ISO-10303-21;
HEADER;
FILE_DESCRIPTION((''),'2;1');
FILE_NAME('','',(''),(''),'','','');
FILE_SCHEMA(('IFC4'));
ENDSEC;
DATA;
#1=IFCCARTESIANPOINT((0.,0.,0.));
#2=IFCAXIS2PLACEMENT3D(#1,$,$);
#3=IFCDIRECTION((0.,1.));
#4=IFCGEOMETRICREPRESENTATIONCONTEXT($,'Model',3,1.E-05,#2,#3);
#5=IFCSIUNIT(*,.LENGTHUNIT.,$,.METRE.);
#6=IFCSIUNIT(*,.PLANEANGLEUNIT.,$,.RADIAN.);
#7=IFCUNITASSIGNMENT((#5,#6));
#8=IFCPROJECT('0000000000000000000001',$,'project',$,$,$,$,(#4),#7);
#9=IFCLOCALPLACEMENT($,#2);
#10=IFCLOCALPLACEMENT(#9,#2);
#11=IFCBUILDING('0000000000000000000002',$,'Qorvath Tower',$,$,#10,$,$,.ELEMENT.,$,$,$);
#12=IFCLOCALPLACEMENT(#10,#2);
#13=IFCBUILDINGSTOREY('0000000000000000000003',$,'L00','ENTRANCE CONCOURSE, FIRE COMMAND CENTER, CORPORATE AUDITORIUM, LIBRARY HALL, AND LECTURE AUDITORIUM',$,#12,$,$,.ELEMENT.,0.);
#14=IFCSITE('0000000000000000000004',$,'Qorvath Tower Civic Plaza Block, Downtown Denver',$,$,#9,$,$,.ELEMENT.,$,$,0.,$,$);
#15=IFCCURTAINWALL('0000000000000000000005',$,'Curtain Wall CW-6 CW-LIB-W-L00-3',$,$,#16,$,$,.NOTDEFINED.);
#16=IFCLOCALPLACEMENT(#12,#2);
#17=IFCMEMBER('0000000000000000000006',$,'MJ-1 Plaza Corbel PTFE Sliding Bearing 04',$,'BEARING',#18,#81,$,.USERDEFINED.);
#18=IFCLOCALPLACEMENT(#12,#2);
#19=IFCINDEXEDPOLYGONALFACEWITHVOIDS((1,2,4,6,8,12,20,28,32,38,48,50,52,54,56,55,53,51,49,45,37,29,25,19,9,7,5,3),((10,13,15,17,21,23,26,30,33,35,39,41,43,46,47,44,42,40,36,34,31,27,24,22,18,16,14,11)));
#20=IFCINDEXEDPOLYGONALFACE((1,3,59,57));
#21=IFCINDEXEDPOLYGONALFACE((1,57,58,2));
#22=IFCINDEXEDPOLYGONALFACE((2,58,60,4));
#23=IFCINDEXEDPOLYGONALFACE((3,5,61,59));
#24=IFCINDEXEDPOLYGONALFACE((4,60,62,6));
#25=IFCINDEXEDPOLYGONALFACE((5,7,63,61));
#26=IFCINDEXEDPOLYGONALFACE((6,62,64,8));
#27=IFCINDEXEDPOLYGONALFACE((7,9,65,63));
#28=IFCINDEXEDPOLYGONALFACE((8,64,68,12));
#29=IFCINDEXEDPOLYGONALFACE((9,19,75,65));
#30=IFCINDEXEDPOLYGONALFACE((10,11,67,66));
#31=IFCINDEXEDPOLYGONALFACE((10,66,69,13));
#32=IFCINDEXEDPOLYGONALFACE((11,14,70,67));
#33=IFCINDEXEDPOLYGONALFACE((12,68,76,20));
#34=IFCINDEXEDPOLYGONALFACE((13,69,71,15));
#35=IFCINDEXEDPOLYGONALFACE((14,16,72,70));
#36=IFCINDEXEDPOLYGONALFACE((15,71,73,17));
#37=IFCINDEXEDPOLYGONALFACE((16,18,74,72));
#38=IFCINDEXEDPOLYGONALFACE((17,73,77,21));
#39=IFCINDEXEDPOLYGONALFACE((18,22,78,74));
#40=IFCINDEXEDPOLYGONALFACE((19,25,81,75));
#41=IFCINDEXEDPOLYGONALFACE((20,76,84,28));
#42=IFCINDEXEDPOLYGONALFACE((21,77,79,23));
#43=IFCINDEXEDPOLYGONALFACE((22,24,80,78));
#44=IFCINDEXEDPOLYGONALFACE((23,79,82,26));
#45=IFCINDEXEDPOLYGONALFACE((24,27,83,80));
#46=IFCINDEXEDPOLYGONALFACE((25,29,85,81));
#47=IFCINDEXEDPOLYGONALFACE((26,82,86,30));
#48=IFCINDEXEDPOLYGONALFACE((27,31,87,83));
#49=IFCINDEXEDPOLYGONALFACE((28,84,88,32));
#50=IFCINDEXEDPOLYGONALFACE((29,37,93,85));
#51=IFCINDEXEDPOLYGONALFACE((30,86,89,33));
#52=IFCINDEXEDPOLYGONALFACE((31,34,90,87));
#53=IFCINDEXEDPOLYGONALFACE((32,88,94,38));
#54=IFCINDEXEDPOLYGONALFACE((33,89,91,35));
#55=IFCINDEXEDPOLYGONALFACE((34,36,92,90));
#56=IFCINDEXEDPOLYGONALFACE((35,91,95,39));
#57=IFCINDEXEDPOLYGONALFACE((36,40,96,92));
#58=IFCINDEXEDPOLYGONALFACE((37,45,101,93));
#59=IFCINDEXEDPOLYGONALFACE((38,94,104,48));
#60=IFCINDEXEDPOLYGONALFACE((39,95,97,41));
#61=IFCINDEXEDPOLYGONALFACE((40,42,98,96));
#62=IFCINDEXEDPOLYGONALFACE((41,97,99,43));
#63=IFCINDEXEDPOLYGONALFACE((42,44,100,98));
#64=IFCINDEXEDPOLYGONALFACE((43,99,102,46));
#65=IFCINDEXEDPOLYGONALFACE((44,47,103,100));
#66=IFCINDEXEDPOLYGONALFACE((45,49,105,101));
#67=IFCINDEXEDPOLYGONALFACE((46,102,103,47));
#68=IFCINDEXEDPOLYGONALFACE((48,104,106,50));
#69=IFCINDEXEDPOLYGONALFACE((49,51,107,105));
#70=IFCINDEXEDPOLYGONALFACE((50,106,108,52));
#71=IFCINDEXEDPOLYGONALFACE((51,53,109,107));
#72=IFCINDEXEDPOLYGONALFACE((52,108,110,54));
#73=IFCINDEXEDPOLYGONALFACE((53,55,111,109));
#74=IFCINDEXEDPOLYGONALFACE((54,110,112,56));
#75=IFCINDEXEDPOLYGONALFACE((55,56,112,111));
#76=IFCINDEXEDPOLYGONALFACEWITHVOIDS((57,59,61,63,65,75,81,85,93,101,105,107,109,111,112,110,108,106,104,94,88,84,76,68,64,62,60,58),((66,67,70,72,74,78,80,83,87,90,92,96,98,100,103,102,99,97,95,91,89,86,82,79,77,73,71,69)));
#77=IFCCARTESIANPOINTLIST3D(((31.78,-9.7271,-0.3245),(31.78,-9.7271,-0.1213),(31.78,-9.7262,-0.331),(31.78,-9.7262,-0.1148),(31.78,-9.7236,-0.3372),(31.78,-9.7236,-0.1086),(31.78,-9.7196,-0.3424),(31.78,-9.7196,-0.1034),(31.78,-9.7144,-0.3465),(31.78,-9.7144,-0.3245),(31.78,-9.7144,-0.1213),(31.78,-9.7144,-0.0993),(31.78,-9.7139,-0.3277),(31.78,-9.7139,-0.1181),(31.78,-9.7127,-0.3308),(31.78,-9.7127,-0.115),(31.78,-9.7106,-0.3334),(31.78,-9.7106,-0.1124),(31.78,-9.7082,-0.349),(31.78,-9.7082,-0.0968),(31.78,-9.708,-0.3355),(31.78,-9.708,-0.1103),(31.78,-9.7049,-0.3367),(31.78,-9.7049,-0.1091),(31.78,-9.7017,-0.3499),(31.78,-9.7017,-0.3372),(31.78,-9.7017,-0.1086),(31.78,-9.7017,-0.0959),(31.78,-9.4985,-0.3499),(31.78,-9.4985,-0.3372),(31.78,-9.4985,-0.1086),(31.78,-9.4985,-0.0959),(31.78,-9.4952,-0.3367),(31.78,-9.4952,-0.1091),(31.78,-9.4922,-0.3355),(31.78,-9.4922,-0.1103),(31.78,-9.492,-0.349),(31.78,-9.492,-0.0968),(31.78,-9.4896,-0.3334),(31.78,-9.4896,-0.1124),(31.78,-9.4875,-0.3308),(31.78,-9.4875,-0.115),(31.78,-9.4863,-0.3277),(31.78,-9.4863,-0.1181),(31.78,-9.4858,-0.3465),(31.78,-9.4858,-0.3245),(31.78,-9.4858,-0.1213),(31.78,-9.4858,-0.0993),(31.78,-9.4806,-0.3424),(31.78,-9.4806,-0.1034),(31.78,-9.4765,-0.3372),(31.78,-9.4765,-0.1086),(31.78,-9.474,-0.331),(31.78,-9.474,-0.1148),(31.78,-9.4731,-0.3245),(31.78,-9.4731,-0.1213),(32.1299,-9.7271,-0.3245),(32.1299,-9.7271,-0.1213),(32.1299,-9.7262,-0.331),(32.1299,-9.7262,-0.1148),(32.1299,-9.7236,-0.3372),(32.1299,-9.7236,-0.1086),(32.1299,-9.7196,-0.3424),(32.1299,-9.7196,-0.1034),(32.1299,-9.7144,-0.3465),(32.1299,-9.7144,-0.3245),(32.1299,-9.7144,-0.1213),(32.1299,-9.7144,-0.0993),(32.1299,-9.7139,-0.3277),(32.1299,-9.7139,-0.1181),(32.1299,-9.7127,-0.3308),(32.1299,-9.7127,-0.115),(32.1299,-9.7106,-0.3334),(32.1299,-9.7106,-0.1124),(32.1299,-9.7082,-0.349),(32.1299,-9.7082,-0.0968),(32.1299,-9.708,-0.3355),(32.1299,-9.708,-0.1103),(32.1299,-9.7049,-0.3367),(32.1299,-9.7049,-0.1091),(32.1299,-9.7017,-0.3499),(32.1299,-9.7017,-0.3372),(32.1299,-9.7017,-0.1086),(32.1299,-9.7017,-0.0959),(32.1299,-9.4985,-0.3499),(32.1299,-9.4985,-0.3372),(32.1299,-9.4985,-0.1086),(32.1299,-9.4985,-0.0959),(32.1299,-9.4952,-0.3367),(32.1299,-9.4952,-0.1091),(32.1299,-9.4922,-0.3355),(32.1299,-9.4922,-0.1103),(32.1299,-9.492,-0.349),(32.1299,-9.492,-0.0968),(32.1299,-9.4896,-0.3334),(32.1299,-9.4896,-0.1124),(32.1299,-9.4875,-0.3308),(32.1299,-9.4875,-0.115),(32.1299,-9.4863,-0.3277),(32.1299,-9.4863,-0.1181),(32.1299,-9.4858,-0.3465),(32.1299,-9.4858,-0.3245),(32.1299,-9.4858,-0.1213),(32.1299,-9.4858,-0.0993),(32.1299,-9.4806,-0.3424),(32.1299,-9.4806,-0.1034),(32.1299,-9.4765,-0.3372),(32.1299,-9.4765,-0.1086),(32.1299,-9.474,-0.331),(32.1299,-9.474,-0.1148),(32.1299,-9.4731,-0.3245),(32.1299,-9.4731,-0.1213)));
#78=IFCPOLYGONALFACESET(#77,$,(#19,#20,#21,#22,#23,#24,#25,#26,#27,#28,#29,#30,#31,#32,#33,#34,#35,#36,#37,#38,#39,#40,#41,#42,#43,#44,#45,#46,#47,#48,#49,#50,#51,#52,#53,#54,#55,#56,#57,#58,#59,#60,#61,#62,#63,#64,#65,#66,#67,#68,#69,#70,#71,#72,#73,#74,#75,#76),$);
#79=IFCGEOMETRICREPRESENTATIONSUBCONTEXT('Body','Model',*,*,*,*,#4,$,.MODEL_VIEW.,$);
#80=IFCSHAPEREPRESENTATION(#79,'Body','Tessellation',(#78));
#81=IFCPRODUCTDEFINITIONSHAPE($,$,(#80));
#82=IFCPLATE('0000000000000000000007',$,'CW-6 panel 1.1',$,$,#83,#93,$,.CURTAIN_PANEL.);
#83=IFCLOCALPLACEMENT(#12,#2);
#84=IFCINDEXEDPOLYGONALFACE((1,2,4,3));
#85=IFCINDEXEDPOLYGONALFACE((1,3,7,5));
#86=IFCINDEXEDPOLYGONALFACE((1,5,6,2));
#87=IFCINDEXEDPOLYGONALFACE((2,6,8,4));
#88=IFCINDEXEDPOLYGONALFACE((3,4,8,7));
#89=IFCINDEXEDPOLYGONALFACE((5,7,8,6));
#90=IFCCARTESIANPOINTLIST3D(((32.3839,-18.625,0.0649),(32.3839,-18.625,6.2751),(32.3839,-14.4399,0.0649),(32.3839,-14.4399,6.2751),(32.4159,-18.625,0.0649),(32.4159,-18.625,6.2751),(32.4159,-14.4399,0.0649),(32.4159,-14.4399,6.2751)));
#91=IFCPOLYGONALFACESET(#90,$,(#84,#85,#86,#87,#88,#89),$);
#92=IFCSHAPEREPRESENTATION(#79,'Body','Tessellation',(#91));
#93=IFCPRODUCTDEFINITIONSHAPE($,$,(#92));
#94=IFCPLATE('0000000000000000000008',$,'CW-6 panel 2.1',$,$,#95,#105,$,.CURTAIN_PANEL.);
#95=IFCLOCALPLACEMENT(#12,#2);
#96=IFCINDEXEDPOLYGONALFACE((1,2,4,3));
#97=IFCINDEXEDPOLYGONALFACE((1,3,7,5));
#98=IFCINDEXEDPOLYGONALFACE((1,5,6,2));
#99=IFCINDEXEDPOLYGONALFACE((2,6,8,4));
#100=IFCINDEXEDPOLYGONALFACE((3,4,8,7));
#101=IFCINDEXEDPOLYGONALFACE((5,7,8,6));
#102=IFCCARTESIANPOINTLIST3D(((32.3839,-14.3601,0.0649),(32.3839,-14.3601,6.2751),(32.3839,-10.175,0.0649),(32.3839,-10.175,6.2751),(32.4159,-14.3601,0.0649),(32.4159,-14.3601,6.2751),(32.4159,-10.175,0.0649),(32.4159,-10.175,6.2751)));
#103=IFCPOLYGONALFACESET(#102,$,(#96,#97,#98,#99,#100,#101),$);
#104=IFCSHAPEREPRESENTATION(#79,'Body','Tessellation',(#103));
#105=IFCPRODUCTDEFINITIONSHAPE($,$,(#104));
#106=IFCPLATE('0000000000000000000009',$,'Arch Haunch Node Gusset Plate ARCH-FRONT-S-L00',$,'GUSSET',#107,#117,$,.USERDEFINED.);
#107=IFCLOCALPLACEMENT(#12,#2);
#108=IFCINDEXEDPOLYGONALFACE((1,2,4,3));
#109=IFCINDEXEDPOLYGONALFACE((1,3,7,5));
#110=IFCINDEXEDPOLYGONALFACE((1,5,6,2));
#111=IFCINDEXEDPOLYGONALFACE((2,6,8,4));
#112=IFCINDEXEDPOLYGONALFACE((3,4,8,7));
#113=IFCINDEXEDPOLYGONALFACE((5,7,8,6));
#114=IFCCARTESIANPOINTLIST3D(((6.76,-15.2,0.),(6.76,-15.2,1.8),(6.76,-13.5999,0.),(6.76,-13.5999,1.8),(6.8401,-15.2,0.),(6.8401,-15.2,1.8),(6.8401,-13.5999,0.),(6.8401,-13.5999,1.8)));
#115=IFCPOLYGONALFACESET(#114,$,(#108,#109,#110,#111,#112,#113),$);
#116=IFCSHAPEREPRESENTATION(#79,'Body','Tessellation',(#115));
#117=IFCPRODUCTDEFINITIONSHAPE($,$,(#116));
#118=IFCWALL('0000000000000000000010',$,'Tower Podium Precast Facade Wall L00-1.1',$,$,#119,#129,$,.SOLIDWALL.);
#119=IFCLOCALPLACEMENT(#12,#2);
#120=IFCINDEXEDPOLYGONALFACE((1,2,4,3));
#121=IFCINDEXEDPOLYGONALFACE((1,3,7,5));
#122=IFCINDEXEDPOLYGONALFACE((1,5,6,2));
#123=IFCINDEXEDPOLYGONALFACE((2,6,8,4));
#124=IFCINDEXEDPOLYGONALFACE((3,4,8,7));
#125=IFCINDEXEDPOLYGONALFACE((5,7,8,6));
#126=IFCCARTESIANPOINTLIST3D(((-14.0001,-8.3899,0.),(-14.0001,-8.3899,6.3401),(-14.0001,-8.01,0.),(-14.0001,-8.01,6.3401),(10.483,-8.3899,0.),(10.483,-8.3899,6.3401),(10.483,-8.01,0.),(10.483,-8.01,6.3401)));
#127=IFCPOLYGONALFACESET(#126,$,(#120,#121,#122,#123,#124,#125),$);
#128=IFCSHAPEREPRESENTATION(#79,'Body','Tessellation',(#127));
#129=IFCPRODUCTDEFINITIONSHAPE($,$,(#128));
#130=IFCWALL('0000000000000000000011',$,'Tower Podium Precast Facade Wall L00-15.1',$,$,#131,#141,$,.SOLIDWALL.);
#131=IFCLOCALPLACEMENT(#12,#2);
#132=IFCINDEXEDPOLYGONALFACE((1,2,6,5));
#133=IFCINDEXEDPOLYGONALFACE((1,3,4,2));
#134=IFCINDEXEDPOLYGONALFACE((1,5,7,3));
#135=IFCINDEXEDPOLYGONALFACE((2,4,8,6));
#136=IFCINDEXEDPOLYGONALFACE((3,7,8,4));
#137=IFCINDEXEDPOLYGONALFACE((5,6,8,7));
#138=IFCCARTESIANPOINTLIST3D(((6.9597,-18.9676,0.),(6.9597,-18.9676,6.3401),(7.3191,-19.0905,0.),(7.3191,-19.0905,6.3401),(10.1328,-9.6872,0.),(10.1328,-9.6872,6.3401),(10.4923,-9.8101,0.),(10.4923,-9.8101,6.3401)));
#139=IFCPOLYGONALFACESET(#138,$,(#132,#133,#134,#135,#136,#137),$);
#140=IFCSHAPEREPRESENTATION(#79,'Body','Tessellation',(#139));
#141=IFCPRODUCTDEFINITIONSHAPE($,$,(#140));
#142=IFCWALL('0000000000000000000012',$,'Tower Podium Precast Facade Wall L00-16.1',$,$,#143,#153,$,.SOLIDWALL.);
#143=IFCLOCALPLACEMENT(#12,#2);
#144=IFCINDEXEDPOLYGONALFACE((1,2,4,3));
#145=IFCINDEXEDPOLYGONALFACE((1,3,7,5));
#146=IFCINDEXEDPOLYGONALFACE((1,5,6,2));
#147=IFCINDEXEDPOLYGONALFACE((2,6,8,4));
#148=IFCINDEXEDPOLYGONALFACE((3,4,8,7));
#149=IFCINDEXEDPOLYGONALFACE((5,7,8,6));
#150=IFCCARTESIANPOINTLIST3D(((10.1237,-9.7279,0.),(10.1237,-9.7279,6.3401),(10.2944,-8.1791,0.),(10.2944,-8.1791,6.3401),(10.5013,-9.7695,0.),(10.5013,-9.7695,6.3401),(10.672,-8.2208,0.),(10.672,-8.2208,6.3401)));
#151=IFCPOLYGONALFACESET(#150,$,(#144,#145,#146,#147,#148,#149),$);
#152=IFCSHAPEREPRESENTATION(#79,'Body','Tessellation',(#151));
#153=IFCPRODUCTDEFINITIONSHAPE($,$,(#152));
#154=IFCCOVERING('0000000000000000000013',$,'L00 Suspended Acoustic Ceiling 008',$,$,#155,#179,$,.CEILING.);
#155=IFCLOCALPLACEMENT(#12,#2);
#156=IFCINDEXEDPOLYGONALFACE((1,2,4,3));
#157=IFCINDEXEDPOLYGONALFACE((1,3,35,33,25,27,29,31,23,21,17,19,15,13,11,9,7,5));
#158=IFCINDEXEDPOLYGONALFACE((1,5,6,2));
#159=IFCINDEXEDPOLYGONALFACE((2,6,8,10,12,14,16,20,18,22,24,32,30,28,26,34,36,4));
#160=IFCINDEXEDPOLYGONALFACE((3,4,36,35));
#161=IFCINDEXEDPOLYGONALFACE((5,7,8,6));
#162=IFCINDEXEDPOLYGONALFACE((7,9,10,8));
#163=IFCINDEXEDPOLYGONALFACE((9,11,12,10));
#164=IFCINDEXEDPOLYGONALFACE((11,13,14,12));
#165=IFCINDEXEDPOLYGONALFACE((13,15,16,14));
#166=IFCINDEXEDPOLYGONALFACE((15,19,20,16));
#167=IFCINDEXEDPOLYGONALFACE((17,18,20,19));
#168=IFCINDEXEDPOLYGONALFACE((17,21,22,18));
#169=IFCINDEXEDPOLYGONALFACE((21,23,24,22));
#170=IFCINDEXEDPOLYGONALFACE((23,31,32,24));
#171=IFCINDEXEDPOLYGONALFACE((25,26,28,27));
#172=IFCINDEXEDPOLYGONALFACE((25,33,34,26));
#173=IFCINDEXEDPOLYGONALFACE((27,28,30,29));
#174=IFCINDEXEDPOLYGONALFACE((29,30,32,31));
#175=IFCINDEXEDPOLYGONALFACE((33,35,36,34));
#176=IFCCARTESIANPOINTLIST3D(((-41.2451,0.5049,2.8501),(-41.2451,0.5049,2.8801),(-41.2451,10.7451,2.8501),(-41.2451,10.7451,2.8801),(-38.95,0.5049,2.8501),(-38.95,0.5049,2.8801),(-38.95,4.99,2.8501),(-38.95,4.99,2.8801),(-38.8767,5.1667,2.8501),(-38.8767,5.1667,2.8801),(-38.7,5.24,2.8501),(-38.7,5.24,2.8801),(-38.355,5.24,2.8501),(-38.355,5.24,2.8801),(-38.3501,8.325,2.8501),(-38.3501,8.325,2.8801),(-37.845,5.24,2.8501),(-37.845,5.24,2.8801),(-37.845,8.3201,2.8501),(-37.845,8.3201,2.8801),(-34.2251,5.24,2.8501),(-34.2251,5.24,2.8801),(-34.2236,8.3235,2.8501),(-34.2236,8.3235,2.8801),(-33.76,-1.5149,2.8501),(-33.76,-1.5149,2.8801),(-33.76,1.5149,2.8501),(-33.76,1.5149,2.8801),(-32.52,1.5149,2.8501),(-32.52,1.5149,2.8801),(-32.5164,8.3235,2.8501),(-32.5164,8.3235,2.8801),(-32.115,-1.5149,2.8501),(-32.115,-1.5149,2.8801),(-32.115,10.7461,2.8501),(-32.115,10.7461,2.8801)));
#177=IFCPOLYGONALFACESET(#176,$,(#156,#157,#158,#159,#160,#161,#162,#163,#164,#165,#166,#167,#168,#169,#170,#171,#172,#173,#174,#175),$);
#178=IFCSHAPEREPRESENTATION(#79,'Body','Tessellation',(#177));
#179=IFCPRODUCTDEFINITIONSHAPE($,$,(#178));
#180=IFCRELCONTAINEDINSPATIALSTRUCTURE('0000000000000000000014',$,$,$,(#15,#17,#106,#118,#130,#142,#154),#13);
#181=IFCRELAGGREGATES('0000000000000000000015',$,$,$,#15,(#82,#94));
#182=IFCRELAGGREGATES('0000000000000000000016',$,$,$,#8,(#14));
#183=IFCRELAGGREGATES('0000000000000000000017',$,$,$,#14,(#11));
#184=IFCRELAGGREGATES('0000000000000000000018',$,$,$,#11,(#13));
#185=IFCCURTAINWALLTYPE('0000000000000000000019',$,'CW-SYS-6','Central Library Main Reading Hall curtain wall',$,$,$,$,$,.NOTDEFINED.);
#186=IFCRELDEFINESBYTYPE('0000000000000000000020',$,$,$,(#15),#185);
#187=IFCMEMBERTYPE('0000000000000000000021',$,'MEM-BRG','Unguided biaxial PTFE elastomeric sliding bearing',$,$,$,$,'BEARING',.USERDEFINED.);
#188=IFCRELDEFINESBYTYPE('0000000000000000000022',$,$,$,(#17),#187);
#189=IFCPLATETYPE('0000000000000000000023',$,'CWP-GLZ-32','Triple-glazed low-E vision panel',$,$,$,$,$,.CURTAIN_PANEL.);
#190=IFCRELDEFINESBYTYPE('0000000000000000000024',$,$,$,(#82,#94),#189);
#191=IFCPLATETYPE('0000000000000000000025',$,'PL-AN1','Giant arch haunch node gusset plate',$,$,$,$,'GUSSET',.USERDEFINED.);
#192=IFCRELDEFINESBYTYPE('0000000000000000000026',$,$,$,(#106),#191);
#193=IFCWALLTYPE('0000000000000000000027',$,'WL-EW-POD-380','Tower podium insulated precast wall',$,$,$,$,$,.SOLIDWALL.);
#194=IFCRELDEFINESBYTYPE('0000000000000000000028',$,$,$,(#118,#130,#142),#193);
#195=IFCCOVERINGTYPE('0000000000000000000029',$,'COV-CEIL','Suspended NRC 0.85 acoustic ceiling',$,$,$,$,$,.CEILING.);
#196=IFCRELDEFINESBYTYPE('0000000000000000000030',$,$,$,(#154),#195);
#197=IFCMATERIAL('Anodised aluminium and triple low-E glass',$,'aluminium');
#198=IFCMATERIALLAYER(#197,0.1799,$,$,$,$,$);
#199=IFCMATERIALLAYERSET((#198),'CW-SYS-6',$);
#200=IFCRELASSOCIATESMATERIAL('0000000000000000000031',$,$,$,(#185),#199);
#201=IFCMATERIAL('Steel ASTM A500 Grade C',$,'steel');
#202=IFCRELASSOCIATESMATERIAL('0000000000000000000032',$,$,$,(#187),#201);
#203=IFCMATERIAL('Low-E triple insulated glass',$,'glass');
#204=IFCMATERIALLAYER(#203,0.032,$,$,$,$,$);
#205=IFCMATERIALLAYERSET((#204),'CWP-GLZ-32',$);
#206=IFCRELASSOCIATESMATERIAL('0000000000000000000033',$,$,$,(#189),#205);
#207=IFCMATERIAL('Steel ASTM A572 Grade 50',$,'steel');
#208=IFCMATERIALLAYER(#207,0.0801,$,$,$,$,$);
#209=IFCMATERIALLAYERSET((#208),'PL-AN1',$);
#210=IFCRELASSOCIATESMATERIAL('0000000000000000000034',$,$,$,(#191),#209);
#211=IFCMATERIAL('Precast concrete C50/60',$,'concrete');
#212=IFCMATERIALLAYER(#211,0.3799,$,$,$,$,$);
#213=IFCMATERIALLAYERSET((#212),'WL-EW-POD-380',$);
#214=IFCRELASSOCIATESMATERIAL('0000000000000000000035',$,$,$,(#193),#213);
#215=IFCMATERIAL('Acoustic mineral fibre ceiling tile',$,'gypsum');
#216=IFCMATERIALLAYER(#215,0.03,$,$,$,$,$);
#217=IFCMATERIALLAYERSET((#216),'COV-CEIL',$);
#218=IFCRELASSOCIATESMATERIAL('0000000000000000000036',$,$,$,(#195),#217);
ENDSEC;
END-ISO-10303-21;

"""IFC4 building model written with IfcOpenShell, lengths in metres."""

from ifc_helpers import new_model, si_unit, direction, frame, frame_2d, origin, origin_2d, place, context, subcontext, project, spatial, polyline, rectangle, hollow_rectangle, outline, extrude, material, layer, layer_set, material_profile, profile_set, type_object, element, aggregate, save


model = new_model("IFC4")

# Units and contexts
model_context = context("Model", 3, precision=1e-05, world=origin(), true_north=direction((0.0, 1.0)))
body_context = subcontext(model_context, "Body", "Model", "MODEL_VIEW")
ifc_project = project(units=[si_unit("LENGTHUNIT", "METRE"), si_unit("PLANEANGLEUNIT", "RADIAN")], contexts=[model_context])

# Site, building, storey
site_placement = place(None, origin())
site = spatial("IfcSite", under=ifc_project, at=site_placement, Name="Qorvath Tower Civic Plaza Block, Downtown Denver", CompositionType="ELEMENT", RefElevation=0.0)
building_placement = place(site_placement, origin())
building = spatial("IfcBuilding", under=site, at=building_placement, Name="Qorvath Tower", CompositionType="ELEMENT")
storey_placement = place(building_placement, origin())
storey = spatial("IfcBuildingStorey", under=building, at=storey_placement, Name="L00", Description="ENTRANCE CONCOURSE, FIRE COMMAND CENTER, CORPORATE AUDITORIUM, LIBRARY HALL, AND LECTURE AUDITORIUM", CompositionType="ELEMENT", Elevation=0.0)

# Curtain wall
ifc_material_1 = material(Name="Anodised aluminium and triple low-E glass", Category="aluminium")
ifc_layer_1 = layer(ifc_material_1, 0.1799)
ifc_layer_set_1 = layer_set([ifc_layer_1], Name="CW-SYS-6")
curtain_wall_type = type_object("IfcCurtainWallType", Name="CW-SYS-6", Description="Central Library Main Reading Hall curtain wall", PredefinedType="NOTDEFINED", material=ifc_layer_set_1)
curtain_wall_placement = place(storey_placement, origin())
curtain_wall = element("IfcCurtainWall", 1, at=curtain_wall_placement, inside=storey, type_object=curtain_wall_type, Name="Curtain Wall CW-6 CW-LIB-W-L00-3", PredefinedType="NOTDEFINED")

# Member
ifc_material_2 = material(Name="Steel ASTM A500 Grade C", Category="steel")
ifc_material_profile_1 = material_profile(ifc_material_2, hollow_rectangle(XDim=0.2539, YDim=0.2539, WallThickness=0.0127, InnerFilletRadius=0.0127, OuterFilletRadius=0.0254, at=origin_2d()), Name="HSS 254x254x12.7")
ifc_profile_set_1 = profile_set([ifc_material_profile_1], Name="Steel ASTM A500 Grade C")
member_type_1 = type_object("IfcMemberType", Name="MEM-BRG", Description="Unguided biaxial PTFE elastomeric sliding bearing", ElementType="BEARING", PredefinedType="USERDEFINED", material=ifc_profile_set_1)
member_1_placement = place(storey_placement, frame((31.78, -9.6001, -0.2229), z_axis=(1.0, 0.0, 0.0), x_axis=(0.0, 1.0, 0.0)))
element("IfcMember", 2, at=member_1_placement, inside=storey, type_object=member_type_1, Name="MJ-1 Plaza Corbel PTFE Sliding Bearing 04", ObjectType="BEARING", PredefinedType="USERDEFINED", context=body_context, shape_type="SweptSolid", body=[
    extrude(hollow_rectangle(XDim=0.2539, YDim=0.2539, WallThickness=0.0127, InnerFilletRadius=0.0127, OuterFilletRadius=0.0254, at=origin_2d()), origin(), (0.0, 0.0, 1.0), 0.3499),
])

# Plates
ifc_material_3 = material(Name="Low-E triple insulated glass", Category="glass")
ifc_layer_2 = layer(ifc_material_3, 0.032)
ifc_layer_set_2 = layer_set([ifc_layer_2], Name="CWP-GLZ-32")
plate_type_1 = type_object("IfcPlateType", Name="CWP-GLZ-32", Description="Triple-glazed low-E vision panel", PredefinedType="CURTAIN_PANEL", material=ifc_layer_set_2)
plate_1_placement = place(storey_placement, frame((32.3999, -16.5325, 0.0649), z_axis=(0.0, 0.0, 1.0), x_axis=(0.0, 1.0, 0.0)))
plate_1 = element("IfcPlate", 3, at=plate_1_placement, type_object=plate_type_1, Name="CW-6 panel 1.1", PredefinedType="CURTAIN_PANEL", context=body_context, shape_type="SweptSolid", body=[
    extrude(rectangle(XDim=4.1851, YDim=0.032, at=origin_2d()), origin(), (0.0, 0.0, 1.0), 6.2102),
])
plate_2_placement = place(storey_placement, frame((32.3999, -12.2676, 0.0649), z_axis=(0.0, 0.0, 1.0), x_axis=(0.0, 1.0, 0.0)))
plate_2 = element("IfcPlate", 4, at=plate_2_placement, type_object=plate_type_1, Name="CW-6 panel 2.1", PredefinedType="CURTAIN_PANEL", context=body_context, shape_type="SweptSolid", body=[
    extrude(rectangle(XDim=4.1851, YDim=0.032, at=origin_2d()), origin(), (0.0, 0.0, 1.0), 6.2102),
])
aggregate(curtain_wall, [plate_1, plate_2])
ifc_material_4 = material(Name="Steel ASTM A572 Grade 50", Category="steel")
ifc_layer_3 = layer(ifc_material_4, 0.0801)
ifc_layer_set_3 = layer_set([ifc_layer_3], Name="PL-AN1")
plate_type_2 = type_object("IfcPlateType", Name="PL-AN1", Description="Giant arch haunch node gusset plate", ElementType="GUSSET", PredefinedType="USERDEFINED", material=ifc_layer_set_3)
plate_3_placement = place(storey_placement, frame((6.8, -14.3999, 0.0), z_axis=(0.0, 0.0, 1.0), x_axis=(0.0, 1.0, 0.0)))
element("IfcPlate", 5, at=plate_3_placement, inside=storey, type_object=plate_type_2, Name="Arch Haunch Node Gusset Plate ARCH-FRONT-S-L00", ObjectType="GUSSET", PredefinedType="USERDEFINED", context=body_context, shape_type="SweptSolid", body=[
    extrude(rectangle(XDim=1.6001, YDim=0.0801, at=origin_2d()), origin(), (0.0, 0.0, 1.0), 1.8),
])

# Walls
ifc_material_5 = material(Name="Precast concrete C50/60", Category="concrete")
ifc_layer_4 = layer(ifc_material_5, 0.3799)
ifc_layer_set_4 = layer_set([ifc_layer_4], Name="WL-EW-POD-380")
wall_type_1 = type_object("IfcWallType", Name="WL-EW-POD-380", Description="Tower podium insulated precast wall", PredefinedType="SOLIDWALL", material=ifc_layer_set_4)
wall_1_placement = place(storey_placement, frame((10.4832, -8.2, 0.0), z_axis=(0.0, 0.0, 1.0), x_axis=(-1.0, 0.0, 0.0)))
element("IfcWall", 6, at=wall_1_placement, inside=storey, type_object=wall_type_1, Name="Tower Podium Precast Facade Wall L00-1.1", PredefinedType="SOLIDWALL", context=body_context, shape_type="SweptSolid", body=[
    extrude(rectangle(XDim=24.4832, YDim=0.3799, at=frame_2d((12.2417, 0.0))), origin(), (0.0, 0.0, 1.0), 6.3401),
])
wall_2_placement = place(storey_placement, frame((10.3125, -9.7488, 0.0), z_axis=(0.0, 0.0, 1.0), x_axis=(-0.323529, -0.946218, 0.0)))
element("IfcWall", 7, at=wall_2_placement, inside=storey, type_object=wall_type_1, Name="Tower Podium Precast Facade Wall L00-15.1", PredefinedType="SOLIDWALL", context=body_context, shape_type="SweptSolid", body=[
    extrude(rectangle(XDim=9.8079, YDim=0.3799, at=frame_2d((4.9038, 0.0))), origin(), (0.0, 0.0, 1.0), 6.3401),
])
wall_3_placement = place(storey_placement, frame((10.4832, -8.2, 0.0), z_axis=(0.0, 0.0, 1.0), x_axis=(-0.10952, -0.993985, 0.0)))
element("IfcWall", 8, at=wall_3_placement, inside=storey, type_object=wall_type_1, Name="Tower Podium Precast Facade Wall L00-16.1", PredefinedType="SOLIDWALL", context=body_context, shape_type="SweptSolid", body=[
    extrude(rectangle(XDim=1.5581, YDim=0.3799, at=frame_2d((0.7791, 0.0))), origin(), (0.0, 0.0, 1.0), 6.3401),
])

# Covering
ifc_material_6 = material(Name="Acoustic mineral fibre ceiling tile", Category="gypsum")
ifc_layer_5 = layer(ifc_material_6, 0.03)
ifc_layer_set_5 = layer_set([ifc_layer_5], Name="COV-CEIL")
covering_type_1 = type_object("IfcCoveringType", Name="COV-CEIL", Description="Suspended NRC 0.85 acoustic ceiling", PredefinedType="CEILING", material=ifc_layer_set_5)
covering_1_placement = place(storey_placement, frame((0.0, 0.0, 2.8501)))
element("IfcCovering", 9, at=covering_1_placement, inside=storey, type_object=covering_type_1, Name="L00 Suspended Acoustic Ceiling 008", PredefinedType="CEILING", context=body_context, shape_type="SweptSolid", body=[
    extrude(outline(polyline([(-32.52, 1.5149), (-33.76, 1.5149), (-33.76, -1.5149), (-32.115, -1.5149), (-32.115, 10.7461), (-41.2451, 10.7451), (-41.2451, 0.5049), (-38.95, 0.5049), (-38.95, 4.99), (-38.8767, 5.1667), (-38.7, 5.24), (-38.355, 5.24), (-38.3501, 8.325), (-37.845, 8.3201), (-37.845, 5.24), (-34.2251, 5.24), (-34.2236, 8.3235), (-32.5164, 8.3235), (-32.52, 1.5149)])), origin(), (0.0, 0.0, 1.0), 0.03),
])

save(model, "model.ifc")
